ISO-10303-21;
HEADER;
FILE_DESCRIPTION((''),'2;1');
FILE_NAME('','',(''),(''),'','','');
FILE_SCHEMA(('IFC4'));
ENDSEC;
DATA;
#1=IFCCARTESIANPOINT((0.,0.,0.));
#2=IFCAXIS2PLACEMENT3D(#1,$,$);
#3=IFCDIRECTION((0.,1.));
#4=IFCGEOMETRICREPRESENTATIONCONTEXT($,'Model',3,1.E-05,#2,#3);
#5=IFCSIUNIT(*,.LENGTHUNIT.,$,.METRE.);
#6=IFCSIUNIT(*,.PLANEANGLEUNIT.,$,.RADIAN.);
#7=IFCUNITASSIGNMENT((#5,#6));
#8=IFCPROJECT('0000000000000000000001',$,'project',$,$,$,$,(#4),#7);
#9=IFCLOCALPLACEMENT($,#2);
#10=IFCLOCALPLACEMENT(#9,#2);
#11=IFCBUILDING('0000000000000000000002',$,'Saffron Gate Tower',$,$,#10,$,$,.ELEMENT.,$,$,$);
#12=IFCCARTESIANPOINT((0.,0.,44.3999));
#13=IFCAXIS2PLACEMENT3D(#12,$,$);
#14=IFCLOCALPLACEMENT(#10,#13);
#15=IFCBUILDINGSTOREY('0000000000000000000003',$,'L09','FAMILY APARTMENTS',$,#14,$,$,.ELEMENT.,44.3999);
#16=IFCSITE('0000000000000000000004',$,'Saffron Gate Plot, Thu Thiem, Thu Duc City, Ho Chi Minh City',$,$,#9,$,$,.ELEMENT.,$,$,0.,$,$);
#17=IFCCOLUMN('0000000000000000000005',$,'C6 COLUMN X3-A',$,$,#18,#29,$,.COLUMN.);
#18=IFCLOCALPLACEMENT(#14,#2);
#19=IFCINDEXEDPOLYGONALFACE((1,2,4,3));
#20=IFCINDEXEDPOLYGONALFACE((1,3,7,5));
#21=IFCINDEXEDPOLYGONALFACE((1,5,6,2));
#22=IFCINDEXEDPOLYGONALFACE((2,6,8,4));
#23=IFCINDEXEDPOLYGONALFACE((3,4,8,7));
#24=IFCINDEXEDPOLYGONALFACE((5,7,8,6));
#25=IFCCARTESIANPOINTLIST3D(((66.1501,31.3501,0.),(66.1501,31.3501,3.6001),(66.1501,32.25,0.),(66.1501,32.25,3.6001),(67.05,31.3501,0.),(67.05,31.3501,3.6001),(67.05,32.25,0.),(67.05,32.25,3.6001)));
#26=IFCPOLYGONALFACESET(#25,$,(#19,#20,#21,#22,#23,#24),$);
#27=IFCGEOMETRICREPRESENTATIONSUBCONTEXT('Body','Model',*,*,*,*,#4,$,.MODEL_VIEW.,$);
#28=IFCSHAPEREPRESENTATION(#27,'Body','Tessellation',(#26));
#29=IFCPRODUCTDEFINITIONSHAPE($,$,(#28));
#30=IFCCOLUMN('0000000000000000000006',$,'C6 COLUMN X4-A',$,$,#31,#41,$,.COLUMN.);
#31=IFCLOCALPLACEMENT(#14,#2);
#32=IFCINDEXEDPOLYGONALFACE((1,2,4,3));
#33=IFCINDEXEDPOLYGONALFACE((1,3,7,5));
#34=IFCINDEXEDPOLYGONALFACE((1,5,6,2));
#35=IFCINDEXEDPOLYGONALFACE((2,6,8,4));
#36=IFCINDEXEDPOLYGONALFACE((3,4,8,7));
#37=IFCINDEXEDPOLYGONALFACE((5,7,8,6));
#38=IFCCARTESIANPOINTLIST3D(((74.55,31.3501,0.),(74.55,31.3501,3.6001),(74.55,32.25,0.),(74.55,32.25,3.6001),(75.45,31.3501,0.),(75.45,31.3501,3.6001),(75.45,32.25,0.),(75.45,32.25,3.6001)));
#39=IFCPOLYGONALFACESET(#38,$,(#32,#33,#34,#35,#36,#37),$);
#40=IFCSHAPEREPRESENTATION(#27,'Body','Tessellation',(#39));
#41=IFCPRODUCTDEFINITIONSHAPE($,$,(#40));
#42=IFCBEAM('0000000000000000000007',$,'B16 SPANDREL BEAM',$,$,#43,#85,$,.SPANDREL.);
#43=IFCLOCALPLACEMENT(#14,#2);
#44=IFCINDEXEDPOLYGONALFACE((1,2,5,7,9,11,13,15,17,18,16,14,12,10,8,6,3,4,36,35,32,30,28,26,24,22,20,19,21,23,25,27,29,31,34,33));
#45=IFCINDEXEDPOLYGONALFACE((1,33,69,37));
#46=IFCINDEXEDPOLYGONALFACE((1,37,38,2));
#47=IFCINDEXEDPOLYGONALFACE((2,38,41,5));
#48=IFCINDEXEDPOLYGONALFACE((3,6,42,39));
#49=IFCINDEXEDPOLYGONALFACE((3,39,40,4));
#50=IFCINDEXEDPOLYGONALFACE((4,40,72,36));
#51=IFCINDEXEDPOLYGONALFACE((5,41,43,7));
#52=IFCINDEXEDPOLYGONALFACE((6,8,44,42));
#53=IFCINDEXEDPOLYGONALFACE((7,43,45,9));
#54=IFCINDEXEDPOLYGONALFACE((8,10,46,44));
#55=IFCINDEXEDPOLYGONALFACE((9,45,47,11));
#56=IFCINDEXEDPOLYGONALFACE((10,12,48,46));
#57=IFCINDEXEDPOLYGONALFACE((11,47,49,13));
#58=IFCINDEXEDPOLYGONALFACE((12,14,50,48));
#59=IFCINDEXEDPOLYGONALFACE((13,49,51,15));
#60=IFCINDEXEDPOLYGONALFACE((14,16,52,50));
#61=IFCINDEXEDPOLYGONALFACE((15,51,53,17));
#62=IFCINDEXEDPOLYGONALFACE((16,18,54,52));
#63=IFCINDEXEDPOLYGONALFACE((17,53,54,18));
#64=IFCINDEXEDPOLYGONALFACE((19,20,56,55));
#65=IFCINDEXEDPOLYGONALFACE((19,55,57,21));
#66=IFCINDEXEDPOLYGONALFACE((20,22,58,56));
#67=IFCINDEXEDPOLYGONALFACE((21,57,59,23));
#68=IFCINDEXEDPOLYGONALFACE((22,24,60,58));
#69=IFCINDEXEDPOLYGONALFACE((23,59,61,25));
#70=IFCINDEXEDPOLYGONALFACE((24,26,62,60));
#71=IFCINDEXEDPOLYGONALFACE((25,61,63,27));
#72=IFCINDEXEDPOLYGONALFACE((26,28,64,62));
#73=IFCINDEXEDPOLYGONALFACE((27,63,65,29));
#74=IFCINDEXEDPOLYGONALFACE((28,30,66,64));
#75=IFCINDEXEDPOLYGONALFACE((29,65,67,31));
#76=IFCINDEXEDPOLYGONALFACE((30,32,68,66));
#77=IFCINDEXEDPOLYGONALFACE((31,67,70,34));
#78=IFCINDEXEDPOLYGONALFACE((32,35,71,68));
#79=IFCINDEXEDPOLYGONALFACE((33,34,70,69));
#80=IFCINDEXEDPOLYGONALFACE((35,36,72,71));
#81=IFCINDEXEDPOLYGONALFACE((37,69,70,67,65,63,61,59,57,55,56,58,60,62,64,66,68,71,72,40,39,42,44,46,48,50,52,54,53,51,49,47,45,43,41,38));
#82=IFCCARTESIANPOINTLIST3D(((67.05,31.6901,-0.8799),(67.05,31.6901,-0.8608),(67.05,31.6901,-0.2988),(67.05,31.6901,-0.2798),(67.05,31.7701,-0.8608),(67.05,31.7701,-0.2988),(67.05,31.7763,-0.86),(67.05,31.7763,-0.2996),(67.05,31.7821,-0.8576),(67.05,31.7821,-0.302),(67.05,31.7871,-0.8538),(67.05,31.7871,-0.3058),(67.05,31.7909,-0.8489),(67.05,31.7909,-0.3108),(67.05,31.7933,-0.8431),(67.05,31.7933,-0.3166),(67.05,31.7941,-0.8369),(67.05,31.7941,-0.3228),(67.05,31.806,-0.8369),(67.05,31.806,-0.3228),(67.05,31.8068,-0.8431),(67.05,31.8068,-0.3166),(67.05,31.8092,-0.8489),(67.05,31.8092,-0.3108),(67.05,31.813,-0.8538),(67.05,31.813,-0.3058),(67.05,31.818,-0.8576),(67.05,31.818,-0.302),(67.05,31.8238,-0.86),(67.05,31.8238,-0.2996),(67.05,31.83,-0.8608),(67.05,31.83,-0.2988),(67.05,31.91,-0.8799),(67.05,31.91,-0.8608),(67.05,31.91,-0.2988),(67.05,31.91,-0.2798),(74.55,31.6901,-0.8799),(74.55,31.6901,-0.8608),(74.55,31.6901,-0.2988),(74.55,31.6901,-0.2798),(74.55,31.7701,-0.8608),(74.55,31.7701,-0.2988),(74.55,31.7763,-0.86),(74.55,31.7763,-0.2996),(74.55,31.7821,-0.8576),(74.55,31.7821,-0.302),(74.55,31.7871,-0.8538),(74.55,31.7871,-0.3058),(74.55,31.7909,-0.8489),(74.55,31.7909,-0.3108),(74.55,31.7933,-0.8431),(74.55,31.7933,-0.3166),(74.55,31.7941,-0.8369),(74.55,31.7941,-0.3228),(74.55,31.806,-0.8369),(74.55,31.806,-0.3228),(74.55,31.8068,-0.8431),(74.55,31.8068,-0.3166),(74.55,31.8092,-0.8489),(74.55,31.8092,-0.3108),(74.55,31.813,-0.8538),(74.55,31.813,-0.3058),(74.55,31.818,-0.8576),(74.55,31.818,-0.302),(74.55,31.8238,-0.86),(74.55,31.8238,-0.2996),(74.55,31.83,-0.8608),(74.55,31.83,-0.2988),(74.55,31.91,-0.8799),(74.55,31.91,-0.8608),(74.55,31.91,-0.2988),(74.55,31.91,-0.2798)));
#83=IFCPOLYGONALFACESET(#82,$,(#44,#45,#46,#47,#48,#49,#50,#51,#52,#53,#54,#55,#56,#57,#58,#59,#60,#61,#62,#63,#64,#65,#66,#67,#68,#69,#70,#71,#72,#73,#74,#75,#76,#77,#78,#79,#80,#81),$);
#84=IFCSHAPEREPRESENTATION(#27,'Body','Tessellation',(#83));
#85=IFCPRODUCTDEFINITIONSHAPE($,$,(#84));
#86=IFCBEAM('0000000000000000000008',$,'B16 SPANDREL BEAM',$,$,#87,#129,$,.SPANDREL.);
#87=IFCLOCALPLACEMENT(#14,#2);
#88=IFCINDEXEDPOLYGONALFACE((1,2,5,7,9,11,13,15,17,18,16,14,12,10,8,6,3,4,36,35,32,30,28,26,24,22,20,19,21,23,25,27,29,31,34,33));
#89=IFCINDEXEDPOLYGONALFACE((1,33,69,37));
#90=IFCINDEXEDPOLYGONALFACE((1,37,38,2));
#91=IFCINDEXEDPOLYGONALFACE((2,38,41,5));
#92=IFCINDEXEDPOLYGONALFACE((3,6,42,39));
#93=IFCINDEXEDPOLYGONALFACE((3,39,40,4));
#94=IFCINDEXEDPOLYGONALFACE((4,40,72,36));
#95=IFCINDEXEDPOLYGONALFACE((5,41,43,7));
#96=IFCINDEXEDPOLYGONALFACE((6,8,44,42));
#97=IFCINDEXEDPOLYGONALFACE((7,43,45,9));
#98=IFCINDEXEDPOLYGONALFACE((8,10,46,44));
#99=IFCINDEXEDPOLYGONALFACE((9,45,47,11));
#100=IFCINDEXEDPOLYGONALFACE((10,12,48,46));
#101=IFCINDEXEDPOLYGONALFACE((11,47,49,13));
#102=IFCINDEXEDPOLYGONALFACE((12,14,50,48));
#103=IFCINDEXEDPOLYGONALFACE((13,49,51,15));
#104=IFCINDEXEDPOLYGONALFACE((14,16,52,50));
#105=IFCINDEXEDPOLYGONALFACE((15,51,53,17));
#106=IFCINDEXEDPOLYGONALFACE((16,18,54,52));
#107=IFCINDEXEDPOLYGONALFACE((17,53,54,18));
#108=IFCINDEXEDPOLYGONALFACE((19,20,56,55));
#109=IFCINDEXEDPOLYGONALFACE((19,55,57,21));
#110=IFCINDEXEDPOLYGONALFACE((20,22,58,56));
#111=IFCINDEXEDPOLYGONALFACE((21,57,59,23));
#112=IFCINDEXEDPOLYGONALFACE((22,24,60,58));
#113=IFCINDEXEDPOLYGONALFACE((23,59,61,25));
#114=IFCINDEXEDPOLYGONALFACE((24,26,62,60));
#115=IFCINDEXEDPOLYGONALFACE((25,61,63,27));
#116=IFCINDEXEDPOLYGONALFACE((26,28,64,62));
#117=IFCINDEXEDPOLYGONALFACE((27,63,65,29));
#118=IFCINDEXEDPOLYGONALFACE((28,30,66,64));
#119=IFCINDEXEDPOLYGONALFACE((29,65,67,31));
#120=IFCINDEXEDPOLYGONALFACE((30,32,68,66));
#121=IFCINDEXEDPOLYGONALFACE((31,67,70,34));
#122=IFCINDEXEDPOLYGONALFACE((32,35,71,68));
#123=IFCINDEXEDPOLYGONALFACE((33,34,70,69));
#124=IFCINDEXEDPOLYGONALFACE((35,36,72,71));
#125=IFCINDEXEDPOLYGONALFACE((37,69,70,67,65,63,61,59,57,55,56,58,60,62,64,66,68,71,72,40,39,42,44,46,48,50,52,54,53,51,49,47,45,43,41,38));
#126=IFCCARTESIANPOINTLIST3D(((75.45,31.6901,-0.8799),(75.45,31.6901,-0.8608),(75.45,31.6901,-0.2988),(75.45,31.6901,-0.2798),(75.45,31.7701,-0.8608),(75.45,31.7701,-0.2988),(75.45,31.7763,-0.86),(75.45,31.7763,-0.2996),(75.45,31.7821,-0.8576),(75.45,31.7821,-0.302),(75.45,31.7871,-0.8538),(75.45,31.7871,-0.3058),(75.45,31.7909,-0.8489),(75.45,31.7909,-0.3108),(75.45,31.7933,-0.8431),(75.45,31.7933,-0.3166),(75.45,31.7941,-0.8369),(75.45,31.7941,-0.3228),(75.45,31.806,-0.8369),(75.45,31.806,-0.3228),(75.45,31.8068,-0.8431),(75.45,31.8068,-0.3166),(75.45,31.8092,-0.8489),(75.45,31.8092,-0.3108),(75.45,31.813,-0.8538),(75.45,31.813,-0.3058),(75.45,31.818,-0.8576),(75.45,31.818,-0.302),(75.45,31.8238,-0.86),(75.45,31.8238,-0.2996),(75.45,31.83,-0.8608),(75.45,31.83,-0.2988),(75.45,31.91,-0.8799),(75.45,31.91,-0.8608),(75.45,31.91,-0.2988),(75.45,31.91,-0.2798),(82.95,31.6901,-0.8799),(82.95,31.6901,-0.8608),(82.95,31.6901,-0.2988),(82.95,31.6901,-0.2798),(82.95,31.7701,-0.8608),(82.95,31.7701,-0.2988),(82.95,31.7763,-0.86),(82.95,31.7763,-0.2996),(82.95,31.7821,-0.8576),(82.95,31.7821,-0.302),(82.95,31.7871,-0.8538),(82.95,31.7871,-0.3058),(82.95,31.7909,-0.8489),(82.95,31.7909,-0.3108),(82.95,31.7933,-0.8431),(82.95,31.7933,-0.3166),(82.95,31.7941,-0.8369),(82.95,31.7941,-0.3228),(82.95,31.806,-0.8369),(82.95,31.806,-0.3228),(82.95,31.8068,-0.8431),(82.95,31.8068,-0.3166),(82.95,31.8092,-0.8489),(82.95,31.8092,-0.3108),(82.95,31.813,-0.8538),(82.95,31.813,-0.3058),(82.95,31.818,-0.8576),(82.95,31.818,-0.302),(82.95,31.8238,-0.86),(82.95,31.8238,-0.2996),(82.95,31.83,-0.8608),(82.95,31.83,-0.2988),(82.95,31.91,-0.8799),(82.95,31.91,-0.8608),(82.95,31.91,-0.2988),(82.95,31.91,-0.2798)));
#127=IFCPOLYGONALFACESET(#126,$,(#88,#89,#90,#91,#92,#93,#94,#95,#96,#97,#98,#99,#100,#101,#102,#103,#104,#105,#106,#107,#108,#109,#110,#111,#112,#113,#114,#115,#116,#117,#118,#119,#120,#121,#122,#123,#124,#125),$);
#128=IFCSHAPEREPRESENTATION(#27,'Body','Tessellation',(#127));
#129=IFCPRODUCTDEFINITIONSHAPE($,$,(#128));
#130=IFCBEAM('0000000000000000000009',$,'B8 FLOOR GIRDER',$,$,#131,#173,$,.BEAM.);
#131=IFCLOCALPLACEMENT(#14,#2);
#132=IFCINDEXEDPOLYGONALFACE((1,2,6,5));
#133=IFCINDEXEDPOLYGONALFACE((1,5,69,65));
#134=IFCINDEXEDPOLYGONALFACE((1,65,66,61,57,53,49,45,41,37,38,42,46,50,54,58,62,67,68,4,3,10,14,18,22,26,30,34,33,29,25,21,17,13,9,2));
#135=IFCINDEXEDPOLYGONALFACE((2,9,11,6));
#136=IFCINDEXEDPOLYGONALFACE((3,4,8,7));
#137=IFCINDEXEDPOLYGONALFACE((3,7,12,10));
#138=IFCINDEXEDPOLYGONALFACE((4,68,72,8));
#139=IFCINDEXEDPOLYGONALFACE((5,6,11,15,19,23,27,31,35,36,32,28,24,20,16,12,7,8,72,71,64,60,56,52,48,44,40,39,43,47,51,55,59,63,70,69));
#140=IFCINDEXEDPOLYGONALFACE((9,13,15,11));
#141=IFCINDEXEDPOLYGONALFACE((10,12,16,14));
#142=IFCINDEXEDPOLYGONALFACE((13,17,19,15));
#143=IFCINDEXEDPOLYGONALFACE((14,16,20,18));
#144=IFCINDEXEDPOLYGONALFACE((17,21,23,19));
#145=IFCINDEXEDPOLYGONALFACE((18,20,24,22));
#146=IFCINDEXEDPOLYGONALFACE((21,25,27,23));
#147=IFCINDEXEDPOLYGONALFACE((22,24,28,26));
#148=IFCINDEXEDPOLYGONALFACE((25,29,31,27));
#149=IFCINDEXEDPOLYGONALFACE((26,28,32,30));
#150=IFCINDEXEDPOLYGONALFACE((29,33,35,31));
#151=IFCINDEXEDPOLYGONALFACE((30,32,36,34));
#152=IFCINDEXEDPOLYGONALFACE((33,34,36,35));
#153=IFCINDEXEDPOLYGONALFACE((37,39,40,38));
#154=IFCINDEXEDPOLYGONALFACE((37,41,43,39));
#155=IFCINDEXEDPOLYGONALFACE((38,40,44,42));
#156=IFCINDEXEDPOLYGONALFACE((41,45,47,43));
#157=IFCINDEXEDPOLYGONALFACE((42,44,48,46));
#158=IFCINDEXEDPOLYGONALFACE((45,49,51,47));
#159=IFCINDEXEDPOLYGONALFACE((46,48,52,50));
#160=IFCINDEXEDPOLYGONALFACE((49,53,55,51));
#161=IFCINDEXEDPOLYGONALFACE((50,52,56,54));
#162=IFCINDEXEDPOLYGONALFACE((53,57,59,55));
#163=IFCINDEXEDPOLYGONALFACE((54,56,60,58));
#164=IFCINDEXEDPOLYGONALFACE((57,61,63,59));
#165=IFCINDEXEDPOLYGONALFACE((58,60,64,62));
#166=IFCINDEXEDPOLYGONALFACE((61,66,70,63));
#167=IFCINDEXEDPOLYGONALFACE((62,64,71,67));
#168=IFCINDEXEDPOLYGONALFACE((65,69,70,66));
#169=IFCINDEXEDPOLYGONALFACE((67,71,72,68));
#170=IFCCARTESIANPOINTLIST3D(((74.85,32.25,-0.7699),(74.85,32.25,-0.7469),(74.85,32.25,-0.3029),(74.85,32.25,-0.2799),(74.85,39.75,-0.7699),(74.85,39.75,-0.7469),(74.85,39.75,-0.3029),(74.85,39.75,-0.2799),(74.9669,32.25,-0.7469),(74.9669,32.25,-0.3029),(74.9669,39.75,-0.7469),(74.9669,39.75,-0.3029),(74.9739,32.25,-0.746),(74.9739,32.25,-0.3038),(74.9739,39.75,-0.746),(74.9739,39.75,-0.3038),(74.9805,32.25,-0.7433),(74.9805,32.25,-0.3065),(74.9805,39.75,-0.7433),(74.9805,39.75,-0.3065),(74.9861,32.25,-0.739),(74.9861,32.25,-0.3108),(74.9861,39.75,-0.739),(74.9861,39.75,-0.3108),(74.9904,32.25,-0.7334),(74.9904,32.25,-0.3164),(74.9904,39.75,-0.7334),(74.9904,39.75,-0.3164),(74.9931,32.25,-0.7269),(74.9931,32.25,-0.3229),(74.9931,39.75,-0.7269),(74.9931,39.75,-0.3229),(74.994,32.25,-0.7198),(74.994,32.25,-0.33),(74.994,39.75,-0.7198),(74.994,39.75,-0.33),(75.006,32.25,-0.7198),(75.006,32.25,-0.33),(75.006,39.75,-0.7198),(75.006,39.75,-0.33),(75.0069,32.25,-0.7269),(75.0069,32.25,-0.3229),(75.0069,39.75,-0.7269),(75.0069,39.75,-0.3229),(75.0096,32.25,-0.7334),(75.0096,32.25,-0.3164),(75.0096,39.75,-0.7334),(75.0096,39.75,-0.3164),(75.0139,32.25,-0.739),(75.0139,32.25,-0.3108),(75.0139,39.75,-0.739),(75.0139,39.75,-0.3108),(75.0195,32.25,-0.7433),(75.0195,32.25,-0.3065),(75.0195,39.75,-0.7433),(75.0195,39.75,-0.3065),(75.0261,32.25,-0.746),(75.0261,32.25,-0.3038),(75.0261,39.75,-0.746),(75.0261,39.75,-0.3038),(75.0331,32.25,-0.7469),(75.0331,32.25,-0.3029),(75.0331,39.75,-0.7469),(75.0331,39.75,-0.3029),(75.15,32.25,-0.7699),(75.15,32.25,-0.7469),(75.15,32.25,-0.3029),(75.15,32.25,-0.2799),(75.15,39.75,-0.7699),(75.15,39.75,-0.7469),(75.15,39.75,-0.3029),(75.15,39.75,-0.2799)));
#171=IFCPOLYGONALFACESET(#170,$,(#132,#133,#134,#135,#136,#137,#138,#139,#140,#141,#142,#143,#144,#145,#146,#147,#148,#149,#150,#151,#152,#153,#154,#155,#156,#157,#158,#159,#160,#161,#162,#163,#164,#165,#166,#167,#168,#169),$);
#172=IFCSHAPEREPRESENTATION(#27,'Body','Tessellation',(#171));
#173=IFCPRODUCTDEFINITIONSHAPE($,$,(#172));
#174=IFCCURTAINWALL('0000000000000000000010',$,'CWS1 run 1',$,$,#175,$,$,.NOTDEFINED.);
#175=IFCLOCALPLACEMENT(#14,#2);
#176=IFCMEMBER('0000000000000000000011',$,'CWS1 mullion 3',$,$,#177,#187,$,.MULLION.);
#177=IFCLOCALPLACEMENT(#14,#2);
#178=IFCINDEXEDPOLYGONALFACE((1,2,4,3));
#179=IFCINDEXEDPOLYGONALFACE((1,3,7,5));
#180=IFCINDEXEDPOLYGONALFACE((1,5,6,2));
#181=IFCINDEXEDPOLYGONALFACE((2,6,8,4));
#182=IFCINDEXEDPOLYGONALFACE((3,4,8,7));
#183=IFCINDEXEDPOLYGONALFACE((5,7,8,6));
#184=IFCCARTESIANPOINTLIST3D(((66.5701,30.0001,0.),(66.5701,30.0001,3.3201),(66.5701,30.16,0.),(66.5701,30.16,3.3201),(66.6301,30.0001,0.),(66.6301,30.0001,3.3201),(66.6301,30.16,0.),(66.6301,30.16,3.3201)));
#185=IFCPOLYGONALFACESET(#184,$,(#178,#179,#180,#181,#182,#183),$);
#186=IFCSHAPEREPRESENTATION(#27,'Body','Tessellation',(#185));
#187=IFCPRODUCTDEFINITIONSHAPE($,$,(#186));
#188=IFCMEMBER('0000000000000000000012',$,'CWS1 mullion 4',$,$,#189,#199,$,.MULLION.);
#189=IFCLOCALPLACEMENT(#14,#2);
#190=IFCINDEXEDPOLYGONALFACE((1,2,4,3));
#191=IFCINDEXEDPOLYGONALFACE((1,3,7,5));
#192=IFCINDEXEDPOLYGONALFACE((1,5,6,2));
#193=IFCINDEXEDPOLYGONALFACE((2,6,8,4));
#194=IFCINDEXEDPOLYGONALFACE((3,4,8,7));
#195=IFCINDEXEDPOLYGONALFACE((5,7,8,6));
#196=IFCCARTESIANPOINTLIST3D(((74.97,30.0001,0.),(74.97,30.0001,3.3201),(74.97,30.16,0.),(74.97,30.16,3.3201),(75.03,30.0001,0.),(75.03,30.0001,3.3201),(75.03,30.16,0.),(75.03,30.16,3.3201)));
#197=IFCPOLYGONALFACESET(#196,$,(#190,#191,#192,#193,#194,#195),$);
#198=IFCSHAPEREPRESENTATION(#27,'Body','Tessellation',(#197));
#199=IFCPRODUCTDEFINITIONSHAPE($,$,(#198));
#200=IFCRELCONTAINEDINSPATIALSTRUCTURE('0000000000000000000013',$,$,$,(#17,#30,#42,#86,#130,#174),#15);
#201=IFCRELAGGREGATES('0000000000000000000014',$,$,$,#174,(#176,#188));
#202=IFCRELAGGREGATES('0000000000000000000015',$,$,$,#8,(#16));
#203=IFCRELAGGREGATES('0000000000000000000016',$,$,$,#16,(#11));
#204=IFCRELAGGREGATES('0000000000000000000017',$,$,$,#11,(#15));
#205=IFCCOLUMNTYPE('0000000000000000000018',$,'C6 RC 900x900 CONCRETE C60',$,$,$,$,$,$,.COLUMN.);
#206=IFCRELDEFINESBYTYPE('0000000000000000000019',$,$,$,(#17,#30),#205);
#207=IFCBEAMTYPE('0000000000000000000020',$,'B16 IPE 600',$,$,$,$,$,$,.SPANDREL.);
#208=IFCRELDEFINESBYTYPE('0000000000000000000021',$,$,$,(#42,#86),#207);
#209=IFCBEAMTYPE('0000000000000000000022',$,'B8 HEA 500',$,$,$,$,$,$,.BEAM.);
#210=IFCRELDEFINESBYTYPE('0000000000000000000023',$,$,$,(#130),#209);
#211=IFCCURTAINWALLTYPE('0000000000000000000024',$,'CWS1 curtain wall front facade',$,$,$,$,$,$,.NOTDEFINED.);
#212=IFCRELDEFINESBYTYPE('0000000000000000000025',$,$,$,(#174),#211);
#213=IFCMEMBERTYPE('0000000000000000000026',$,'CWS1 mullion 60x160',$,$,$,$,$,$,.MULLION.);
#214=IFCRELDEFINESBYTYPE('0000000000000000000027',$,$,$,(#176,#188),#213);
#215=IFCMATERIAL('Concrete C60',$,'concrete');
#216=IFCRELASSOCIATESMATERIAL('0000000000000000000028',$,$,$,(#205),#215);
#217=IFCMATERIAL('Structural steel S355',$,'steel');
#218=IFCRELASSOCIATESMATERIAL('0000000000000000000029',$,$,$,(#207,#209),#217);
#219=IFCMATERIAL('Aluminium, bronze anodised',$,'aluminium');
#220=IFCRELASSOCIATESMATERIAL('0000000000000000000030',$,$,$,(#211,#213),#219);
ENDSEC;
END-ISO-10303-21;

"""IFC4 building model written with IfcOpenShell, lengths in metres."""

from ifc_helpers import new_model, si_unit, direction, frame, origin, origin_2d, place, context, subcontext, project, spatial, rectangle, i_section, extrude, material, material_profile, profile_set, type_object, element, aggregate, save


model = new_model("IFC4")

# Units and contexts
model_context = context("Model", 3, precision=1e-05, world=origin(), true_north=direction((0.0, 1.0)))
body_context = subcontext(model_context, "Body", "Model", "MODEL_VIEW")
ifc_project = project(units=[si_unit("LENGTHUNIT", "METRE"), si_unit("PLANEANGLEUNIT", "RADIAN")], contexts=[model_context])

# Site, building, storey
site_placement = place(None, origin())
site = spatial("IfcSite", under=ifc_project, at=site_placement, Name="Saffron Gate Plot, Thu Thiem, Thu Duc City, Ho Chi Minh City", CompositionType="ELEMENT", RefElevation=0.0)
building_placement = place(site_placement, origin())
building = spatial("IfcBuilding", under=site, at=building_placement, Name="Saffron Gate Tower", CompositionType="ELEMENT")
storey_placement = place(building_placement, frame((0.0, 0.0, 44.3999)))
storey = spatial("IfcBuildingStorey", under=building, at=storey_placement, Name="L09", Description="FAMILY APARTMENTS", CompositionType="ELEMENT", Elevation=44.3999)

# Columns
ifc_material_1 = material(Name="Concrete C60", Category="concrete")
ifc_material_profile_1 = material_profile(ifc_material_1, rectangle(XDim=0.8999, YDim=0.8999, at=origin_2d()))
ifc_profile_set_1 = profile_set([ifc_material_profile_1], Name="Concrete C60")
column_type = type_object("IfcColumnType", Name="C6 RC 900x900 CONCRETE C60", PredefinedType="COLUMN", material=ifc_profile_set_1)
for number, where, z_axis, x_axis, name in (
    (1, (66.6001, 31.8, 0.0), (0.0, 0.0, 1.0), (1.0, 0.0, 0.0), "C6 COLUMN X3-A"),
    (2, (75.0, 31.8, 0.0), (0.0, 0.0, 1.0), (1.0, 0.0, 0.0), "C6 COLUMN X4-A"),
):
    element("IfcColumn", number, at=place(storey_placement, frame(where, z_axis=z_axis, x_axis=x_axis)), inside=storey, type_object=column_type, Name=name, PredefinedType="COLUMN", context=body_context, shape_type="SweptSolid", body=[
        extrude(rectangle(XDim=0.8999, YDim=0.8999, at=origin_2d()), origin(), (0.0, 0.0, 1.0), 3.6001),
    ])

# Beams
ifc_material_2 = material(Name="Structural steel S355", Category="steel")
ifc_material_profile_2 = material_profile(ifc_material_2, i_section(OverallWidth=0.22, OverallDepth=0.6001, WebThickness=0.012, FlangeThickness=0.019, FilletRadius=0.0239, at=origin_2d()))
ifc_profile_set_2 = profile_set([ifc_material_profile_2], Name="Structural steel S355")
beam_type_1 = type_object("IfcBeamType", Name="B16 IPE 600", PredefinedType="SPANDREL", material=ifc_profile_set_2)
for number, where, z_axis, x_axis, name in (
    (3, (67.05, 31.8, -0.5798), (1.0, 0.0, 0.0), (0.0, 1.0, 0.0), "B16 SPANDREL BEAM"),
    (4, (75.45, 31.8, -0.5798), (1.0, 0.0, 0.0), (0.0, 1.0, 0.0), "B16 SPANDREL BEAM"),
):
    element("IfcBeam", number, at=place(storey_placement, frame(where, z_axis=z_axis, x_axis=x_axis)), inside=storey, type_object=beam_type_1, Name=name, PredefinedType="SPANDREL", context=body_context, shape_type="SweptSolid", body=[
        extrude(i_section(OverallWidth=0.22, OverallDepth=0.6001, WebThickness=0.012, FlangeThickness=0.019, FilletRadius=0.0239, at=origin_2d()), origin(), (0.0, 0.0, 1.0), 7.5),
    ])
ifc_material_profile_3 = material_profile(ifc_material_2, i_section(OverallWidth=0.3, OverallDepth=0.49, WebThickness=0.012, FlangeThickness=0.0229, FilletRadius=0.0271, at=origin_2d()))
ifc_profile_set_3 = profile_set([ifc_material_profile_3], Name="Structural steel S355")
beam_type_2 = type_object("IfcBeamType", Name="B8 HEA 500", PredefinedType="BEAM", material=ifc_profile_set_3)
beam_placement = place(storey_placement, frame((75.0, 32.25, -0.5249), z_axis=(0.0, 1.0, 0.0), x_axis=(-1.0, 0.0, 0.0)))
element("IfcBeam", 5, at=beam_placement, inside=storey, type_object=beam_type_2, Name="B8 FLOOR GIRDER", PredefinedType="BEAM", context=body_context, shape_type="SweptSolid", body=[
    extrude(i_section(OverallWidth=0.3, OverallDepth=0.49, WebThickness=0.012, FlangeThickness=0.0229, FilletRadius=0.0271, at=origin_2d()), origin(), (0.0, 0.0, 1.0), 7.5),
])

# Curtain wall, members
ifc_material_3 = material(Name="Aluminium, bronze anodised", Category="aluminium")
curtain_wall_type = type_object("IfcCurtainWallType", Name="CWS1 curtain wall front facade", PredefinedType="NOTDEFINED", material=ifc_material_3)
curtain_wall_placement = place(storey_placement, origin())
curtain_wall = element("IfcCurtainWall", 6, at=curtain_wall_placement, inside=storey, type_object=curtain_wall_type, Name="CWS1 run 1", PredefinedType="NOTDEFINED")
ifc_material_profile_4 = material_profile(ifc_material_3, rectangle(XDim=0.1599, YDim=0.0601, at=origin_2d()))
ifc_profile_set_4 = profile_set([ifc_material_profile_4], Name="Aluminium, bronze anodised")
member_type = type_object("IfcMemberType", Name="CWS1 mullion 60x160", PredefinedType="MULLION", material=ifc_profile_set_4)
member_1_placement = place(storey_placement, frame((66.6001, 30.0801, 0.0), z_axis=(0.0, 0.0, 1.0), x_axis=(0.0, 1.0, 0.0)))
member_1 = element("IfcMember", 7, at=member_1_placement, type_object=member_type, Name="CWS1 mullion 3", PredefinedType="MULLION", context=body_context, shape_type="SweptSolid", body=[
    extrude(rectangle(XDim=0.1599, YDim=0.0601, at=origin_2d()), origin(), (0.0, 0.0, 1.0), 3.3201),
])
member_2_placement = place(storey_placement, frame((75.0, 30.0801, 0.0), z_axis=(0.0, 0.0, 1.0), x_axis=(0.0, 1.0, 0.0)))
member_2 = element("IfcMember", 8, at=member_2_placement, type_object=member_type, Name="CWS1 mullion 4", PredefinedType="MULLION", context=body_context, shape_type="SweptSolid", body=[
    extrude(rectangle(XDim=0.1599, YDim=0.0601, at=origin_2d()), origin(), (0.0, 0.0, 1.0), 3.3201),
])
aggregate(curtain_wall, [member_1, member_2])

save(model, "model.ifc")
